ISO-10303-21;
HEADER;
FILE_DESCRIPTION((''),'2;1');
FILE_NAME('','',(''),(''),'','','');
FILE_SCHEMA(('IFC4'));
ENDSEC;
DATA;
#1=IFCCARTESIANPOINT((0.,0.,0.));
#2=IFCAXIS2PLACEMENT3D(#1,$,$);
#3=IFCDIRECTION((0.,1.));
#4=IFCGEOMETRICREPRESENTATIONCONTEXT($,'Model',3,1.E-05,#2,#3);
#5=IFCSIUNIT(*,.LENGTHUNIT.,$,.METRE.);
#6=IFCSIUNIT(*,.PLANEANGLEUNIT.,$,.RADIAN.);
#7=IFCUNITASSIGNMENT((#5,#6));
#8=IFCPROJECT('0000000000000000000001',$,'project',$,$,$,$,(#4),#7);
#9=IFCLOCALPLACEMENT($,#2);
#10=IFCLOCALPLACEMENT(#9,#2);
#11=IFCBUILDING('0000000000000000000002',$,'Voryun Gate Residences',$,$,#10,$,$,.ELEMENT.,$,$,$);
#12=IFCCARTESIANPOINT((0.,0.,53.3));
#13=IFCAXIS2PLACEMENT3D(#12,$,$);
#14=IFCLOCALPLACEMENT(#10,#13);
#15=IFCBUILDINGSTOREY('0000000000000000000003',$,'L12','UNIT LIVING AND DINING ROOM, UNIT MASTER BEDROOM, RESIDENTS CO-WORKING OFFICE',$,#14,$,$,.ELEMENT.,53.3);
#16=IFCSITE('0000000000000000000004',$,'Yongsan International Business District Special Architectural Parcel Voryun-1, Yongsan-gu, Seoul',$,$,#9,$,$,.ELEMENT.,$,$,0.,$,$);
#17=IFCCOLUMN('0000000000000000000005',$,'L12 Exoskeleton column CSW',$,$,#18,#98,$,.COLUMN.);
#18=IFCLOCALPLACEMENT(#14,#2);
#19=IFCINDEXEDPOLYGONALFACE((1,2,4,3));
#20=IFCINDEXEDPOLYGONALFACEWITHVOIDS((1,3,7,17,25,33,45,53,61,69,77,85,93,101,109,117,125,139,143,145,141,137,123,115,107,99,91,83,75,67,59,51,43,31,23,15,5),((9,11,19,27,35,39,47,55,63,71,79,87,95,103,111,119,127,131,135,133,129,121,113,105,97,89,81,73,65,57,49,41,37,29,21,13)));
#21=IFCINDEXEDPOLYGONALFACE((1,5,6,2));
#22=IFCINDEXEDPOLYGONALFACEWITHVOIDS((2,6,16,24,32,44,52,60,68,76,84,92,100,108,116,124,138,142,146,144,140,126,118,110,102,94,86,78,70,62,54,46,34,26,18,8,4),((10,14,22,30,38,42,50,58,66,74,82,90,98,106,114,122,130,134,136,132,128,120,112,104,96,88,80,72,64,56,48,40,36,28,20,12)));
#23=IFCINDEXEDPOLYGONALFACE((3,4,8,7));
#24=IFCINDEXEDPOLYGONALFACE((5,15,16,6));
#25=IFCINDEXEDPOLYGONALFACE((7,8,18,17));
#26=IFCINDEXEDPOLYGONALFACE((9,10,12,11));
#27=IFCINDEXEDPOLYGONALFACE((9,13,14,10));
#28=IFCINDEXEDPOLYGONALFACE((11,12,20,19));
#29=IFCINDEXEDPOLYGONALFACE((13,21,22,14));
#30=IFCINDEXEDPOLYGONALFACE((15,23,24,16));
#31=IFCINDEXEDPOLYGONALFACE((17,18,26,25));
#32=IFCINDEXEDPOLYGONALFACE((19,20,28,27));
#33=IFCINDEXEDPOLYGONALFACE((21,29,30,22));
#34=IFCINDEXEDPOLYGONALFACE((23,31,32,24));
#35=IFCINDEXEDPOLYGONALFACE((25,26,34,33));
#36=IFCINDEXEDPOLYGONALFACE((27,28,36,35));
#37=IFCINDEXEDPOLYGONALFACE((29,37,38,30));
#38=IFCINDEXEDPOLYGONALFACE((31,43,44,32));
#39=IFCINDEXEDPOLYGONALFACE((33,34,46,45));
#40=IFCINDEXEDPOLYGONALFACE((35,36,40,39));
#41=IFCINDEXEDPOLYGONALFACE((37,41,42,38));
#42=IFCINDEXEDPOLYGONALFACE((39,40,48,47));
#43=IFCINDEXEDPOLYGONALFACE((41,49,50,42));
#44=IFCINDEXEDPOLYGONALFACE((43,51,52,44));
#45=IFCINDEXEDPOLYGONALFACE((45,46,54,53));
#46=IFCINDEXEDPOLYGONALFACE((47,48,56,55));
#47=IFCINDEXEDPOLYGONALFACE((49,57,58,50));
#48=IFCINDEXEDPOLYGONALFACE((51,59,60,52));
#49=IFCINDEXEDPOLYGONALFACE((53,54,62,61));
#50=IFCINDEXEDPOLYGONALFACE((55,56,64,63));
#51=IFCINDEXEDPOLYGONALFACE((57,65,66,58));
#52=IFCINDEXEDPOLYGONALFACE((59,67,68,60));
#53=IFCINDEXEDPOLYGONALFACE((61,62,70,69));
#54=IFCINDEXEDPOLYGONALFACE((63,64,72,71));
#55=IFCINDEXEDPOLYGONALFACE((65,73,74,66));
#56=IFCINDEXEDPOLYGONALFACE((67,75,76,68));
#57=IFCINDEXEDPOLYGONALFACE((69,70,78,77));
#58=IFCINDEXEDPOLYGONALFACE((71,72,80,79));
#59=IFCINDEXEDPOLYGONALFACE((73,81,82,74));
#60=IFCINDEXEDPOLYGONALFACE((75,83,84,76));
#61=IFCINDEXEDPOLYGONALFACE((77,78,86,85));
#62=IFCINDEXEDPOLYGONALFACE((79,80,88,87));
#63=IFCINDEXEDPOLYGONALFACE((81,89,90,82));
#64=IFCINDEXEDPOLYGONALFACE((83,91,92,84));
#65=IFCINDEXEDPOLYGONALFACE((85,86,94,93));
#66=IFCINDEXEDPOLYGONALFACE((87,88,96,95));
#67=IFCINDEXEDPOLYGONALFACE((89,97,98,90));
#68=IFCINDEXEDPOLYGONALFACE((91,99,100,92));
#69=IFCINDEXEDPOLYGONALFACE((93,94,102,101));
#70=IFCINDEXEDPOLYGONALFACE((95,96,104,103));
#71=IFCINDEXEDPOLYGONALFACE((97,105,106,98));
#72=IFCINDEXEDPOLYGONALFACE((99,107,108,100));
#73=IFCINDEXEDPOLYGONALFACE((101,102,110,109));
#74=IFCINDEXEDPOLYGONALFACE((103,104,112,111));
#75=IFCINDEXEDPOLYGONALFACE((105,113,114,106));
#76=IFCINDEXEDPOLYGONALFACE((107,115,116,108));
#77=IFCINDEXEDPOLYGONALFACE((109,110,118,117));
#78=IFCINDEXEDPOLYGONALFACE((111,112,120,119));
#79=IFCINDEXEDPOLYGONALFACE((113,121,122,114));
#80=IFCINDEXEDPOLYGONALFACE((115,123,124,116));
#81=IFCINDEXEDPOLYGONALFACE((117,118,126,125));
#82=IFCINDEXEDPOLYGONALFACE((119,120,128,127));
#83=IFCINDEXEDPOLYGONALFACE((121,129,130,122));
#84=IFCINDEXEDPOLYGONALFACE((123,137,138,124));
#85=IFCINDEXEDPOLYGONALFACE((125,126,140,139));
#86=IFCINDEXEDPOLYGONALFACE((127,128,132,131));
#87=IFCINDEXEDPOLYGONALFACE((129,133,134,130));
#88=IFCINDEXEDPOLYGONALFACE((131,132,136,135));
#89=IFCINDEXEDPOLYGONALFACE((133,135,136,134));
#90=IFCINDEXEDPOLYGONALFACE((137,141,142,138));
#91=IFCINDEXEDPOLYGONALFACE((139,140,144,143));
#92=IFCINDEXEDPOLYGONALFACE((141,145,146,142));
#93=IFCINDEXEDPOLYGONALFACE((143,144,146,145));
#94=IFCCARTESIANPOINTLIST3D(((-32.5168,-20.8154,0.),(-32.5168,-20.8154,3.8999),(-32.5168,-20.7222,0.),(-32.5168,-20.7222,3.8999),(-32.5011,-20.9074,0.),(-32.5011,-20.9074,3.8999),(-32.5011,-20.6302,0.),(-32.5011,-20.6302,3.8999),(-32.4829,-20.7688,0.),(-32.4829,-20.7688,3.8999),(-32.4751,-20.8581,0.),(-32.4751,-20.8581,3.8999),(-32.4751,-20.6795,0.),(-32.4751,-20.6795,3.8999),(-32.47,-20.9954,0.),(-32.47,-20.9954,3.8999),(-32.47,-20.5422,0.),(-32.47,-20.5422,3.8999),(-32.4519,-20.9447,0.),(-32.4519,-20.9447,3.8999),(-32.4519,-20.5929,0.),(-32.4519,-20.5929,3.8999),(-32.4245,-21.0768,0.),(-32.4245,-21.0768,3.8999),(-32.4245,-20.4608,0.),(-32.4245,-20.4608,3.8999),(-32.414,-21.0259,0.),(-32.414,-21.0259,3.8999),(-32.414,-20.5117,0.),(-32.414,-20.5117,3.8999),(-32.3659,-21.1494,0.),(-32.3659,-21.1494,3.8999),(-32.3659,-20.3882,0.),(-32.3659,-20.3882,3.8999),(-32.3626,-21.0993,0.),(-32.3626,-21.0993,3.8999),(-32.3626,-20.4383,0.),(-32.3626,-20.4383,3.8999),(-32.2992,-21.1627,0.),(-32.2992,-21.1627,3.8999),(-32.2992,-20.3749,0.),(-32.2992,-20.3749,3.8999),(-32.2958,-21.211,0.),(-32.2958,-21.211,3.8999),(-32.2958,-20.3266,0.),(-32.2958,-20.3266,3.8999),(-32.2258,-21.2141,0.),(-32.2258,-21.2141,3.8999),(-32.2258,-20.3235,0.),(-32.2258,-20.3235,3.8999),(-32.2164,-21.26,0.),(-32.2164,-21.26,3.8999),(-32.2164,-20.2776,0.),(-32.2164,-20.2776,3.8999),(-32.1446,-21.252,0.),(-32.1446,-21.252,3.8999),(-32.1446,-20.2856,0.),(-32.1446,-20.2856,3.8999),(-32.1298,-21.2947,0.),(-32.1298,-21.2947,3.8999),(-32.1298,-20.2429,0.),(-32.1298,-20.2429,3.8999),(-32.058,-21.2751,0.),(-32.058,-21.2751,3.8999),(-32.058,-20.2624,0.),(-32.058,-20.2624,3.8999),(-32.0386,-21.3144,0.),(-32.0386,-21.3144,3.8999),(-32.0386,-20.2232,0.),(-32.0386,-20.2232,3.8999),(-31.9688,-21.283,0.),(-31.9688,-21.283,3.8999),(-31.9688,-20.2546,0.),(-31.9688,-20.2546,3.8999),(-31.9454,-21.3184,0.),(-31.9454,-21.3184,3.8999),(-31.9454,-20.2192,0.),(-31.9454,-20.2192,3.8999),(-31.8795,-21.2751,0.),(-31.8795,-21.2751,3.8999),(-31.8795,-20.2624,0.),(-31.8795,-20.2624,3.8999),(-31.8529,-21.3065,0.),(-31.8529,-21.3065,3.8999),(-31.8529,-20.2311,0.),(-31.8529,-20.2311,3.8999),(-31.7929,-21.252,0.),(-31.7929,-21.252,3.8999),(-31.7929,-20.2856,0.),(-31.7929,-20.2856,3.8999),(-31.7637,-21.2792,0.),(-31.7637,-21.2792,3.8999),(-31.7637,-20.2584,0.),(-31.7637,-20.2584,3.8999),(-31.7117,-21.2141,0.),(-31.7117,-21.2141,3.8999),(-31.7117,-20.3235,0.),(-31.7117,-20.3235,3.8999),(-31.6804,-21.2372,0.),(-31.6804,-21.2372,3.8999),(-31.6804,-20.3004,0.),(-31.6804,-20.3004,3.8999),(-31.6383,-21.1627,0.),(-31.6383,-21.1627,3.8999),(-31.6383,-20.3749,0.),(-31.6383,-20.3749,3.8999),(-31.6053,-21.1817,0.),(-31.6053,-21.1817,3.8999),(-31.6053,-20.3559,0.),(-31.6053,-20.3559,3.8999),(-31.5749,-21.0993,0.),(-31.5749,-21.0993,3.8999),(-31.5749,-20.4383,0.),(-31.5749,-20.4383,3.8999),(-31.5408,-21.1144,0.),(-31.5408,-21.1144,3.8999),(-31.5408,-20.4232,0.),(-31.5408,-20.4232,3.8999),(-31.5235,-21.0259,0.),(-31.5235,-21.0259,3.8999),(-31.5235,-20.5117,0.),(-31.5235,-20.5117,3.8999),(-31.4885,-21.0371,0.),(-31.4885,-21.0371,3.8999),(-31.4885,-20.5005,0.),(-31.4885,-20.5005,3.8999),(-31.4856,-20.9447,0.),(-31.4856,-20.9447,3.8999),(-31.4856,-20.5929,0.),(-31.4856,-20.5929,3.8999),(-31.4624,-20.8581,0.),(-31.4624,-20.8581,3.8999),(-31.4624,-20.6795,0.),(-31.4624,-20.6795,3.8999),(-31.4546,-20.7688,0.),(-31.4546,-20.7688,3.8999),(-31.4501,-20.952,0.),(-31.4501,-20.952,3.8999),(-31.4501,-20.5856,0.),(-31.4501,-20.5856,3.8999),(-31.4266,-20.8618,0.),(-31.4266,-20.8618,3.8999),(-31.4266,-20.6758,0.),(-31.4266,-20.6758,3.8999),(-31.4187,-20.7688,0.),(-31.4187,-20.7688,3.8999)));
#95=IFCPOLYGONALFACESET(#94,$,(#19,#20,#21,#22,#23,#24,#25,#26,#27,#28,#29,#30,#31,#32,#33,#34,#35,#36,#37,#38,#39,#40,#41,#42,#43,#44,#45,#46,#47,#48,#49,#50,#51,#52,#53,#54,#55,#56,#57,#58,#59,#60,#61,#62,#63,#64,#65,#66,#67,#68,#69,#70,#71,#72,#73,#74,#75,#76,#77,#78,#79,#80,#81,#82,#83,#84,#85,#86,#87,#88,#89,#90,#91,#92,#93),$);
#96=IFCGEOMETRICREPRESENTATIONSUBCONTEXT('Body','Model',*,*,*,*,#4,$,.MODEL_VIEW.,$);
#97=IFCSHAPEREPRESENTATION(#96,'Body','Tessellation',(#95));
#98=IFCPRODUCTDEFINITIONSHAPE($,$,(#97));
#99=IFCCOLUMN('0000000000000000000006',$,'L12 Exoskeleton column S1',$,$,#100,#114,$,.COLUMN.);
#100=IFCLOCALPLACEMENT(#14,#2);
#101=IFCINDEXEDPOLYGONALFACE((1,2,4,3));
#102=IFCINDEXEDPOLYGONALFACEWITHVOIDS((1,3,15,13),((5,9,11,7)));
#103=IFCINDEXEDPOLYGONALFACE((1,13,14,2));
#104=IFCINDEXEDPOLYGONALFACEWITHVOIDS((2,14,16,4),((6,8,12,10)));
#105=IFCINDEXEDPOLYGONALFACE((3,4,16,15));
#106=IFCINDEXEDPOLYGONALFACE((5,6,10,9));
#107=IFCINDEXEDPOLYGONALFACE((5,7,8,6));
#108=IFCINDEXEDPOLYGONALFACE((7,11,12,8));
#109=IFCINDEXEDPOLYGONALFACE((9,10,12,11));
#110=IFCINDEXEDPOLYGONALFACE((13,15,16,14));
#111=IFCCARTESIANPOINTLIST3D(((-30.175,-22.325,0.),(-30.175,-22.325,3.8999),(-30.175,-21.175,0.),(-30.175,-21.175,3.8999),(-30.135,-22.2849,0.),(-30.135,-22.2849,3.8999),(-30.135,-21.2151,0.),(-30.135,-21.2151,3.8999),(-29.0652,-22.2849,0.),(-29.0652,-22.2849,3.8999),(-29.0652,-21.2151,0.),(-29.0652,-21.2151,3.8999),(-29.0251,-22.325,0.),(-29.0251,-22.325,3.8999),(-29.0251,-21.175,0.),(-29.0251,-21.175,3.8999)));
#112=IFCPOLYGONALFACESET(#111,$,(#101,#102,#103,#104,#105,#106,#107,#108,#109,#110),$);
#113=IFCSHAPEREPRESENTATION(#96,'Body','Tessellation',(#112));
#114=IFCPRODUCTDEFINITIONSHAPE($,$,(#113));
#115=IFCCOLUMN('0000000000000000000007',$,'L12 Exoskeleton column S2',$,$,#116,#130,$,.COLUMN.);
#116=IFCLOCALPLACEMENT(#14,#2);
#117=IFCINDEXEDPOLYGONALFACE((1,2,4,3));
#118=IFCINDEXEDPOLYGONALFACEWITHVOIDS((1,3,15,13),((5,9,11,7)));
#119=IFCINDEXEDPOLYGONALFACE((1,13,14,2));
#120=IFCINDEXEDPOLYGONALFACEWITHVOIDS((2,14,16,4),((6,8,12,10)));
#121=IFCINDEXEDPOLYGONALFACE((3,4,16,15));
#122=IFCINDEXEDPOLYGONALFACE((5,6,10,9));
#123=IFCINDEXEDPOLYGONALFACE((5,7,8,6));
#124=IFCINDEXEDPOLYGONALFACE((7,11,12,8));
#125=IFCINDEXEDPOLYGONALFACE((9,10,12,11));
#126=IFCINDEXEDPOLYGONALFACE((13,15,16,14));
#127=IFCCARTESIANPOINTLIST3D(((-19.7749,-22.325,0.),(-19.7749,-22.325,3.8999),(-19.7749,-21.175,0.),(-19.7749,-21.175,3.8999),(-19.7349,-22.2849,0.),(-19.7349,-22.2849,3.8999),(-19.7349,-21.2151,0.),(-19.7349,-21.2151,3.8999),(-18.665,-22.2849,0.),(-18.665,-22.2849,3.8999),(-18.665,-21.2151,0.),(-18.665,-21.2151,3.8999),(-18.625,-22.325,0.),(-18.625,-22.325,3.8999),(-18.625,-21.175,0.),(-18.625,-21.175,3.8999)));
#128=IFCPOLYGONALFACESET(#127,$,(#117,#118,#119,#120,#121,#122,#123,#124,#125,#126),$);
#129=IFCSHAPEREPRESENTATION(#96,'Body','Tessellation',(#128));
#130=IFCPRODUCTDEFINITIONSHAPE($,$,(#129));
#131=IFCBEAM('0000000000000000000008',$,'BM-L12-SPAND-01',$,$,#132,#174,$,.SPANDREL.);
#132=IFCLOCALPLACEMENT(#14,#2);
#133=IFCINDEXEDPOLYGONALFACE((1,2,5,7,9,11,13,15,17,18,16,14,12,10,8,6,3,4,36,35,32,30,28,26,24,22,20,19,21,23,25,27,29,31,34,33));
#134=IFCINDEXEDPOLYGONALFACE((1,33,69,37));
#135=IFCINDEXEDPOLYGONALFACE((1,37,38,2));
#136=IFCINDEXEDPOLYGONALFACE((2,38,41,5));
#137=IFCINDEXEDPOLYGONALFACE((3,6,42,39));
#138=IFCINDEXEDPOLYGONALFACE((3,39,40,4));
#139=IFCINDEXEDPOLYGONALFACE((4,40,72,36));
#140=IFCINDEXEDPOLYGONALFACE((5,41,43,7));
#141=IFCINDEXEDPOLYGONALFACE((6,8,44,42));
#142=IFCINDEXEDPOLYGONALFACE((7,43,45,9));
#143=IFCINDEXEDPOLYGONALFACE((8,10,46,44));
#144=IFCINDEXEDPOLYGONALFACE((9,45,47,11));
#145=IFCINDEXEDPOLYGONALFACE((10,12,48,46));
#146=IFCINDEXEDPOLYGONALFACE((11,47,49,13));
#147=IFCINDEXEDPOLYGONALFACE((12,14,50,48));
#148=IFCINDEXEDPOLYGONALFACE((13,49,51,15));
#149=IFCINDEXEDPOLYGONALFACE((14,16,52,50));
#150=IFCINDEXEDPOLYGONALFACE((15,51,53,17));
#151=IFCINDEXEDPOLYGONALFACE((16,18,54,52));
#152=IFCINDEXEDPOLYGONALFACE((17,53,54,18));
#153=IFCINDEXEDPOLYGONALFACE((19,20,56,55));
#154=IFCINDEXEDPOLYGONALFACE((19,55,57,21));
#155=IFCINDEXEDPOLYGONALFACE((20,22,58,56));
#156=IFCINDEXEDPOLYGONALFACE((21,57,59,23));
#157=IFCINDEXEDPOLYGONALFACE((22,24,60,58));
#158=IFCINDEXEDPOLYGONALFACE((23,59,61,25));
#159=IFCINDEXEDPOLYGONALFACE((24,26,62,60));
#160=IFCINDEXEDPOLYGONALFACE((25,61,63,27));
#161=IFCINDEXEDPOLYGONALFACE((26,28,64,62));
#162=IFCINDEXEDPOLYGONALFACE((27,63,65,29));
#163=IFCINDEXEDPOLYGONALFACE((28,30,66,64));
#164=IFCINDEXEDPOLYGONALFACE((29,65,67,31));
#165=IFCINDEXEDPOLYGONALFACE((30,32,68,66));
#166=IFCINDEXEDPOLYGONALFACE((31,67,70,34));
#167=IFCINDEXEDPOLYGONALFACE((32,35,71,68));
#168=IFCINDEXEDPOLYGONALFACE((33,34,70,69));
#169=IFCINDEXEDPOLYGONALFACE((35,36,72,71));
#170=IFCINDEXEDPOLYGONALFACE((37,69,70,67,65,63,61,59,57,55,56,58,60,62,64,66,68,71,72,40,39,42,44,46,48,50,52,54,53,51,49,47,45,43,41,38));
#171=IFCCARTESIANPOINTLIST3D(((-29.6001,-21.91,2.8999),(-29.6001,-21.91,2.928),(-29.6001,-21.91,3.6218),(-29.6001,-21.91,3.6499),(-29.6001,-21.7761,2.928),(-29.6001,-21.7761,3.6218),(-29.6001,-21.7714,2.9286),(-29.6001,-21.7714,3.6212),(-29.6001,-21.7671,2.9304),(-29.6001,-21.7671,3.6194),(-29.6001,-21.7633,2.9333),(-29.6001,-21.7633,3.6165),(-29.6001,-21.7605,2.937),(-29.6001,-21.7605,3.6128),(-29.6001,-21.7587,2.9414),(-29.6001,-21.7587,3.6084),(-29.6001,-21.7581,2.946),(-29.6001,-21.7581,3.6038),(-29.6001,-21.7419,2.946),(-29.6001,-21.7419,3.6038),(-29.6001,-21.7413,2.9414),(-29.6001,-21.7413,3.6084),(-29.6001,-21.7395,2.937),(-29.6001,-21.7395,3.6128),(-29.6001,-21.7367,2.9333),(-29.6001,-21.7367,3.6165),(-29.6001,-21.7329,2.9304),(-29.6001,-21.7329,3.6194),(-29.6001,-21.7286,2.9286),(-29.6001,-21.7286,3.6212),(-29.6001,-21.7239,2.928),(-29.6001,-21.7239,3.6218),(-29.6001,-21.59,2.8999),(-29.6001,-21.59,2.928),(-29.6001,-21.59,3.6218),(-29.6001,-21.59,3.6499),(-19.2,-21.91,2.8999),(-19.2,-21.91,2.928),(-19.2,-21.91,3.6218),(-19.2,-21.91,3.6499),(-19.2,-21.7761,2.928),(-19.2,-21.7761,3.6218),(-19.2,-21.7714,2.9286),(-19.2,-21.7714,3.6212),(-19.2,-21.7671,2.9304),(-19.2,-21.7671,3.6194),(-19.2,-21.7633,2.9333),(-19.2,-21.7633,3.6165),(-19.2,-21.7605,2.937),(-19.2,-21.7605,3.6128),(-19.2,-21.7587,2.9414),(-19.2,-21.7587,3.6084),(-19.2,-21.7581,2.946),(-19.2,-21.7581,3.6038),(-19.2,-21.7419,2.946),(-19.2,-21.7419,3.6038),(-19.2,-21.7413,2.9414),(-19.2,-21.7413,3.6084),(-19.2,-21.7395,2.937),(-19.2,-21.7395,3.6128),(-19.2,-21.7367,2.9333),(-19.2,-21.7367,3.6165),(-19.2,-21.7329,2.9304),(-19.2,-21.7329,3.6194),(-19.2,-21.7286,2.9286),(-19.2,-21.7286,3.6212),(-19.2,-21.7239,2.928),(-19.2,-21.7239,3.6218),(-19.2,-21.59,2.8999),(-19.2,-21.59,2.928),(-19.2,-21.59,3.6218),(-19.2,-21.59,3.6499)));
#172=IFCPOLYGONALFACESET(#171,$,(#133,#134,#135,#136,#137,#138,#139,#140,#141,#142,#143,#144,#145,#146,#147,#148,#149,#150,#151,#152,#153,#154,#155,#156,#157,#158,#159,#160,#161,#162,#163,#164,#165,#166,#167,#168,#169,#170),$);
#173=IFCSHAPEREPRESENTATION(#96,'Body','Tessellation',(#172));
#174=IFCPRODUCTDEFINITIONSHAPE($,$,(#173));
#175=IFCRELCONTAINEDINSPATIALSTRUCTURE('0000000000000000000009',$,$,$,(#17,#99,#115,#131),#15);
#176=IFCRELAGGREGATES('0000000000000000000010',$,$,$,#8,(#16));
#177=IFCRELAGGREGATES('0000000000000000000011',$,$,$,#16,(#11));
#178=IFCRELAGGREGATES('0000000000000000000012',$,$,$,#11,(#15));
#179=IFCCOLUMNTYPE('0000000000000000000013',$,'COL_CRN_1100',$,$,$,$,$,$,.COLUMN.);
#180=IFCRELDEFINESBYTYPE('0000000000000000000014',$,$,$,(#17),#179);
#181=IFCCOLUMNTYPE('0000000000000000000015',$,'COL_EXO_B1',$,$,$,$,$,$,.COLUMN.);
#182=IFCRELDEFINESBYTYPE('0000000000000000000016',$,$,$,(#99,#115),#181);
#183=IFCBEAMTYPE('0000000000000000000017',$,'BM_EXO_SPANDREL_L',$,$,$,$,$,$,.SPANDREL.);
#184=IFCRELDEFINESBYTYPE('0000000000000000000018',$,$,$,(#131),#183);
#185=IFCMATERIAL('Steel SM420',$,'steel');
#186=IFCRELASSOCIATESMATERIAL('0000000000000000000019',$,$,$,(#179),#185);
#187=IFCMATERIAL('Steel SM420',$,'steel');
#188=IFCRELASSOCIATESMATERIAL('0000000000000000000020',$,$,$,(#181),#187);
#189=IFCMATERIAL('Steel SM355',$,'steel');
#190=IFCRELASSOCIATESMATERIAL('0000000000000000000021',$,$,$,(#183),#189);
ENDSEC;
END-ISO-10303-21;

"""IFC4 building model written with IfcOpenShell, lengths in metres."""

from ifc_helpers import new_model, si_unit, direction, frame, origin, origin_2d, place, context, subcontext, project, spatial, hollow_rectangle, hollow_circle, i_section, extrude, material, material_profile, profile_set, type_object, element, save


model = new_model("IFC4")

# Units and contexts
model_context = context("Model", 3, precision=1e-05, world=origin(), true_north=direction((0.0, 1.0)))
body_context = subcontext(model_context, "Body", "Model", "MODEL_VIEW")
ifc_project = project(units=[si_unit("LENGTHUNIT", "METRE"), si_unit("PLANEANGLEUNIT", "RADIAN")], contexts=[model_context])

# Site, building, storey
site_placement = place(None, origin())
site = spatial("IfcSite", under=ifc_project, at=site_placement, Name="Yongsan International Business District Special Architectural Parcel Voryun-1, Yongsan-gu, Seoul", CompositionType="ELEMENT", RefElevation=0.0)
building_placement = place(site_placement, origin())
building = spatial("IfcBuilding", under=site, at=building_placement, Name="Voryun Gate Residences", CompositionType="ELEMENT")
storey_placement = place(building_placement, frame((0.0, 0.0, 53.3)))
storey = spatial("IfcBuildingStorey", under=building, at=storey_placement, Name="L12", Description="UNIT LIVING AND DINING ROOM, UNIT MASTER BEDROOM, RESIDENTS CO-WORKING OFFICE", CompositionType="ELEMENT", Elevation=53.3)

# Columns
ifc_material_1 = material(Name="Steel SM420", Category="steel")
ifc_material_profile_1 = material_profile(ifc_material_1, hollow_circle(Radius=0.55, WallThickness=0.0359, at=origin_2d()), Name="CHS-1100x36")
ifc_profile_set_1 = profile_set([ifc_material_profile_1], Name="Steel SM420")
column_type_1 = type_object("IfcColumnType", Name="COL_CRN_1100", PredefinedType="COLUMN", material=ifc_profile_set_1)
column_placement = place(storey_placement, frame((-31.9688, -20.7688, 0.0), z_axis=(0.0, 0.0, 1.0), x_axis=(1.0, 0.0, 0.0)))
element("IfcColumn", 1, at=column_placement, inside=storey, type_object=column_type_1, Name="L12 Exoskeleton column CSW", PredefinedType="COLUMN", context=body_context, shape_type="SweptSolid", body=[
    extrude(hollow_circle(Radius=0.55, WallThickness=0.0359, at=origin_2d()), origin(), (0.0, 0.0, 1.0), 3.8999),
])
ifc_material_2 = material(Name="Steel SM420", Category="steel")
ifc_material_profile_2 = material_profile(ifc_material_2, hollow_rectangle(XDim=1.1499, YDim=1.1499, WallThickness=0.04, at=origin_2d()), Name="BOX-1150x1150x40")
ifc_profile_set_2 = profile_set([ifc_material_profile_2], Name="Steel SM420")
column_type_2 = type_object("IfcColumnType", Name="COL_EXO_B1", PredefinedType="COLUMN", material=ifc_profile_set_2)
for number, where, z_axis, x_axis, name in (
    (2, (-29.6001, -21.75, 0.0), (0.0, 0.0, 1.0), (1.0, 0.0, 0.0), "L12 Exoskeleton column S1"),
    (3, (-19.2, -21.75, 0.0), (0.0, 0.0, 1.0), (1.0, 0.0, 0.0), "L12 Exoskeleton column S2"),
):
    element("IfcColumn", number, at=place(storey_placement, frame(where, z_axis=z_axis, x_axis=x_axis)), inside=storey, type_object=column_type_2, Name=name, PredefinedType="COLUMN", context=body_context, shape_type="SweptSolid", body=[
        extrude(hollow_rectangle(XDim=1.1499, YDim=1.1499, WallThickness=0.04, at=origin_2d()), origin(), (0.0, 0.0, 1.0), 3.8999),
    ])

# Beam
ifc_material_3 = material(Name="Steel SM355", Category="steel")
ifc_material_profile_3 = material_profile(ifc_material_3, i_section(OverallWidth=0.3201, OverallDepth=0.75, WebThickness=0.0161, FlangeThickness=0.0281, FilletRadius=0.0181, at=origin_2d()), Name="H-750x320x16x28")
ifc_profile_set_3 = profile_set([ifc_material_profile_3], Name="Steel SM355")
beam_type = type_object("IfcBeamType", Name="BM_EXO_SPANDREL_L", PredefinedType="SPANDREL", material=ifc_profile_set_3)
beam_1_placement = place(storey_placement, frame((-29.6001, -21.75, 3.2749), z_axis=(1.0, 0.0, 0.0), x_axis=(0.0, 1.0, 0.0)))
element("IfcBeam", 4, at=beam_1_placement, inside=storey, type_object=beam_type, Name="BM-L12-SPAND-01", PredefinedType="SPANDREL", context=body_context, shape_type="SweptSolid", body=[
    extrude(i_section(OverallWidth=0.3201, OverallDepth=0.75, WebThickness=0.0161, FlangeThickness=0.0281, FilletRadius=0.0181, at=origin_2d()), origin(), (0.0, 0.0, 1.0), 10.4001),
])

save(model, "model.ifc")
